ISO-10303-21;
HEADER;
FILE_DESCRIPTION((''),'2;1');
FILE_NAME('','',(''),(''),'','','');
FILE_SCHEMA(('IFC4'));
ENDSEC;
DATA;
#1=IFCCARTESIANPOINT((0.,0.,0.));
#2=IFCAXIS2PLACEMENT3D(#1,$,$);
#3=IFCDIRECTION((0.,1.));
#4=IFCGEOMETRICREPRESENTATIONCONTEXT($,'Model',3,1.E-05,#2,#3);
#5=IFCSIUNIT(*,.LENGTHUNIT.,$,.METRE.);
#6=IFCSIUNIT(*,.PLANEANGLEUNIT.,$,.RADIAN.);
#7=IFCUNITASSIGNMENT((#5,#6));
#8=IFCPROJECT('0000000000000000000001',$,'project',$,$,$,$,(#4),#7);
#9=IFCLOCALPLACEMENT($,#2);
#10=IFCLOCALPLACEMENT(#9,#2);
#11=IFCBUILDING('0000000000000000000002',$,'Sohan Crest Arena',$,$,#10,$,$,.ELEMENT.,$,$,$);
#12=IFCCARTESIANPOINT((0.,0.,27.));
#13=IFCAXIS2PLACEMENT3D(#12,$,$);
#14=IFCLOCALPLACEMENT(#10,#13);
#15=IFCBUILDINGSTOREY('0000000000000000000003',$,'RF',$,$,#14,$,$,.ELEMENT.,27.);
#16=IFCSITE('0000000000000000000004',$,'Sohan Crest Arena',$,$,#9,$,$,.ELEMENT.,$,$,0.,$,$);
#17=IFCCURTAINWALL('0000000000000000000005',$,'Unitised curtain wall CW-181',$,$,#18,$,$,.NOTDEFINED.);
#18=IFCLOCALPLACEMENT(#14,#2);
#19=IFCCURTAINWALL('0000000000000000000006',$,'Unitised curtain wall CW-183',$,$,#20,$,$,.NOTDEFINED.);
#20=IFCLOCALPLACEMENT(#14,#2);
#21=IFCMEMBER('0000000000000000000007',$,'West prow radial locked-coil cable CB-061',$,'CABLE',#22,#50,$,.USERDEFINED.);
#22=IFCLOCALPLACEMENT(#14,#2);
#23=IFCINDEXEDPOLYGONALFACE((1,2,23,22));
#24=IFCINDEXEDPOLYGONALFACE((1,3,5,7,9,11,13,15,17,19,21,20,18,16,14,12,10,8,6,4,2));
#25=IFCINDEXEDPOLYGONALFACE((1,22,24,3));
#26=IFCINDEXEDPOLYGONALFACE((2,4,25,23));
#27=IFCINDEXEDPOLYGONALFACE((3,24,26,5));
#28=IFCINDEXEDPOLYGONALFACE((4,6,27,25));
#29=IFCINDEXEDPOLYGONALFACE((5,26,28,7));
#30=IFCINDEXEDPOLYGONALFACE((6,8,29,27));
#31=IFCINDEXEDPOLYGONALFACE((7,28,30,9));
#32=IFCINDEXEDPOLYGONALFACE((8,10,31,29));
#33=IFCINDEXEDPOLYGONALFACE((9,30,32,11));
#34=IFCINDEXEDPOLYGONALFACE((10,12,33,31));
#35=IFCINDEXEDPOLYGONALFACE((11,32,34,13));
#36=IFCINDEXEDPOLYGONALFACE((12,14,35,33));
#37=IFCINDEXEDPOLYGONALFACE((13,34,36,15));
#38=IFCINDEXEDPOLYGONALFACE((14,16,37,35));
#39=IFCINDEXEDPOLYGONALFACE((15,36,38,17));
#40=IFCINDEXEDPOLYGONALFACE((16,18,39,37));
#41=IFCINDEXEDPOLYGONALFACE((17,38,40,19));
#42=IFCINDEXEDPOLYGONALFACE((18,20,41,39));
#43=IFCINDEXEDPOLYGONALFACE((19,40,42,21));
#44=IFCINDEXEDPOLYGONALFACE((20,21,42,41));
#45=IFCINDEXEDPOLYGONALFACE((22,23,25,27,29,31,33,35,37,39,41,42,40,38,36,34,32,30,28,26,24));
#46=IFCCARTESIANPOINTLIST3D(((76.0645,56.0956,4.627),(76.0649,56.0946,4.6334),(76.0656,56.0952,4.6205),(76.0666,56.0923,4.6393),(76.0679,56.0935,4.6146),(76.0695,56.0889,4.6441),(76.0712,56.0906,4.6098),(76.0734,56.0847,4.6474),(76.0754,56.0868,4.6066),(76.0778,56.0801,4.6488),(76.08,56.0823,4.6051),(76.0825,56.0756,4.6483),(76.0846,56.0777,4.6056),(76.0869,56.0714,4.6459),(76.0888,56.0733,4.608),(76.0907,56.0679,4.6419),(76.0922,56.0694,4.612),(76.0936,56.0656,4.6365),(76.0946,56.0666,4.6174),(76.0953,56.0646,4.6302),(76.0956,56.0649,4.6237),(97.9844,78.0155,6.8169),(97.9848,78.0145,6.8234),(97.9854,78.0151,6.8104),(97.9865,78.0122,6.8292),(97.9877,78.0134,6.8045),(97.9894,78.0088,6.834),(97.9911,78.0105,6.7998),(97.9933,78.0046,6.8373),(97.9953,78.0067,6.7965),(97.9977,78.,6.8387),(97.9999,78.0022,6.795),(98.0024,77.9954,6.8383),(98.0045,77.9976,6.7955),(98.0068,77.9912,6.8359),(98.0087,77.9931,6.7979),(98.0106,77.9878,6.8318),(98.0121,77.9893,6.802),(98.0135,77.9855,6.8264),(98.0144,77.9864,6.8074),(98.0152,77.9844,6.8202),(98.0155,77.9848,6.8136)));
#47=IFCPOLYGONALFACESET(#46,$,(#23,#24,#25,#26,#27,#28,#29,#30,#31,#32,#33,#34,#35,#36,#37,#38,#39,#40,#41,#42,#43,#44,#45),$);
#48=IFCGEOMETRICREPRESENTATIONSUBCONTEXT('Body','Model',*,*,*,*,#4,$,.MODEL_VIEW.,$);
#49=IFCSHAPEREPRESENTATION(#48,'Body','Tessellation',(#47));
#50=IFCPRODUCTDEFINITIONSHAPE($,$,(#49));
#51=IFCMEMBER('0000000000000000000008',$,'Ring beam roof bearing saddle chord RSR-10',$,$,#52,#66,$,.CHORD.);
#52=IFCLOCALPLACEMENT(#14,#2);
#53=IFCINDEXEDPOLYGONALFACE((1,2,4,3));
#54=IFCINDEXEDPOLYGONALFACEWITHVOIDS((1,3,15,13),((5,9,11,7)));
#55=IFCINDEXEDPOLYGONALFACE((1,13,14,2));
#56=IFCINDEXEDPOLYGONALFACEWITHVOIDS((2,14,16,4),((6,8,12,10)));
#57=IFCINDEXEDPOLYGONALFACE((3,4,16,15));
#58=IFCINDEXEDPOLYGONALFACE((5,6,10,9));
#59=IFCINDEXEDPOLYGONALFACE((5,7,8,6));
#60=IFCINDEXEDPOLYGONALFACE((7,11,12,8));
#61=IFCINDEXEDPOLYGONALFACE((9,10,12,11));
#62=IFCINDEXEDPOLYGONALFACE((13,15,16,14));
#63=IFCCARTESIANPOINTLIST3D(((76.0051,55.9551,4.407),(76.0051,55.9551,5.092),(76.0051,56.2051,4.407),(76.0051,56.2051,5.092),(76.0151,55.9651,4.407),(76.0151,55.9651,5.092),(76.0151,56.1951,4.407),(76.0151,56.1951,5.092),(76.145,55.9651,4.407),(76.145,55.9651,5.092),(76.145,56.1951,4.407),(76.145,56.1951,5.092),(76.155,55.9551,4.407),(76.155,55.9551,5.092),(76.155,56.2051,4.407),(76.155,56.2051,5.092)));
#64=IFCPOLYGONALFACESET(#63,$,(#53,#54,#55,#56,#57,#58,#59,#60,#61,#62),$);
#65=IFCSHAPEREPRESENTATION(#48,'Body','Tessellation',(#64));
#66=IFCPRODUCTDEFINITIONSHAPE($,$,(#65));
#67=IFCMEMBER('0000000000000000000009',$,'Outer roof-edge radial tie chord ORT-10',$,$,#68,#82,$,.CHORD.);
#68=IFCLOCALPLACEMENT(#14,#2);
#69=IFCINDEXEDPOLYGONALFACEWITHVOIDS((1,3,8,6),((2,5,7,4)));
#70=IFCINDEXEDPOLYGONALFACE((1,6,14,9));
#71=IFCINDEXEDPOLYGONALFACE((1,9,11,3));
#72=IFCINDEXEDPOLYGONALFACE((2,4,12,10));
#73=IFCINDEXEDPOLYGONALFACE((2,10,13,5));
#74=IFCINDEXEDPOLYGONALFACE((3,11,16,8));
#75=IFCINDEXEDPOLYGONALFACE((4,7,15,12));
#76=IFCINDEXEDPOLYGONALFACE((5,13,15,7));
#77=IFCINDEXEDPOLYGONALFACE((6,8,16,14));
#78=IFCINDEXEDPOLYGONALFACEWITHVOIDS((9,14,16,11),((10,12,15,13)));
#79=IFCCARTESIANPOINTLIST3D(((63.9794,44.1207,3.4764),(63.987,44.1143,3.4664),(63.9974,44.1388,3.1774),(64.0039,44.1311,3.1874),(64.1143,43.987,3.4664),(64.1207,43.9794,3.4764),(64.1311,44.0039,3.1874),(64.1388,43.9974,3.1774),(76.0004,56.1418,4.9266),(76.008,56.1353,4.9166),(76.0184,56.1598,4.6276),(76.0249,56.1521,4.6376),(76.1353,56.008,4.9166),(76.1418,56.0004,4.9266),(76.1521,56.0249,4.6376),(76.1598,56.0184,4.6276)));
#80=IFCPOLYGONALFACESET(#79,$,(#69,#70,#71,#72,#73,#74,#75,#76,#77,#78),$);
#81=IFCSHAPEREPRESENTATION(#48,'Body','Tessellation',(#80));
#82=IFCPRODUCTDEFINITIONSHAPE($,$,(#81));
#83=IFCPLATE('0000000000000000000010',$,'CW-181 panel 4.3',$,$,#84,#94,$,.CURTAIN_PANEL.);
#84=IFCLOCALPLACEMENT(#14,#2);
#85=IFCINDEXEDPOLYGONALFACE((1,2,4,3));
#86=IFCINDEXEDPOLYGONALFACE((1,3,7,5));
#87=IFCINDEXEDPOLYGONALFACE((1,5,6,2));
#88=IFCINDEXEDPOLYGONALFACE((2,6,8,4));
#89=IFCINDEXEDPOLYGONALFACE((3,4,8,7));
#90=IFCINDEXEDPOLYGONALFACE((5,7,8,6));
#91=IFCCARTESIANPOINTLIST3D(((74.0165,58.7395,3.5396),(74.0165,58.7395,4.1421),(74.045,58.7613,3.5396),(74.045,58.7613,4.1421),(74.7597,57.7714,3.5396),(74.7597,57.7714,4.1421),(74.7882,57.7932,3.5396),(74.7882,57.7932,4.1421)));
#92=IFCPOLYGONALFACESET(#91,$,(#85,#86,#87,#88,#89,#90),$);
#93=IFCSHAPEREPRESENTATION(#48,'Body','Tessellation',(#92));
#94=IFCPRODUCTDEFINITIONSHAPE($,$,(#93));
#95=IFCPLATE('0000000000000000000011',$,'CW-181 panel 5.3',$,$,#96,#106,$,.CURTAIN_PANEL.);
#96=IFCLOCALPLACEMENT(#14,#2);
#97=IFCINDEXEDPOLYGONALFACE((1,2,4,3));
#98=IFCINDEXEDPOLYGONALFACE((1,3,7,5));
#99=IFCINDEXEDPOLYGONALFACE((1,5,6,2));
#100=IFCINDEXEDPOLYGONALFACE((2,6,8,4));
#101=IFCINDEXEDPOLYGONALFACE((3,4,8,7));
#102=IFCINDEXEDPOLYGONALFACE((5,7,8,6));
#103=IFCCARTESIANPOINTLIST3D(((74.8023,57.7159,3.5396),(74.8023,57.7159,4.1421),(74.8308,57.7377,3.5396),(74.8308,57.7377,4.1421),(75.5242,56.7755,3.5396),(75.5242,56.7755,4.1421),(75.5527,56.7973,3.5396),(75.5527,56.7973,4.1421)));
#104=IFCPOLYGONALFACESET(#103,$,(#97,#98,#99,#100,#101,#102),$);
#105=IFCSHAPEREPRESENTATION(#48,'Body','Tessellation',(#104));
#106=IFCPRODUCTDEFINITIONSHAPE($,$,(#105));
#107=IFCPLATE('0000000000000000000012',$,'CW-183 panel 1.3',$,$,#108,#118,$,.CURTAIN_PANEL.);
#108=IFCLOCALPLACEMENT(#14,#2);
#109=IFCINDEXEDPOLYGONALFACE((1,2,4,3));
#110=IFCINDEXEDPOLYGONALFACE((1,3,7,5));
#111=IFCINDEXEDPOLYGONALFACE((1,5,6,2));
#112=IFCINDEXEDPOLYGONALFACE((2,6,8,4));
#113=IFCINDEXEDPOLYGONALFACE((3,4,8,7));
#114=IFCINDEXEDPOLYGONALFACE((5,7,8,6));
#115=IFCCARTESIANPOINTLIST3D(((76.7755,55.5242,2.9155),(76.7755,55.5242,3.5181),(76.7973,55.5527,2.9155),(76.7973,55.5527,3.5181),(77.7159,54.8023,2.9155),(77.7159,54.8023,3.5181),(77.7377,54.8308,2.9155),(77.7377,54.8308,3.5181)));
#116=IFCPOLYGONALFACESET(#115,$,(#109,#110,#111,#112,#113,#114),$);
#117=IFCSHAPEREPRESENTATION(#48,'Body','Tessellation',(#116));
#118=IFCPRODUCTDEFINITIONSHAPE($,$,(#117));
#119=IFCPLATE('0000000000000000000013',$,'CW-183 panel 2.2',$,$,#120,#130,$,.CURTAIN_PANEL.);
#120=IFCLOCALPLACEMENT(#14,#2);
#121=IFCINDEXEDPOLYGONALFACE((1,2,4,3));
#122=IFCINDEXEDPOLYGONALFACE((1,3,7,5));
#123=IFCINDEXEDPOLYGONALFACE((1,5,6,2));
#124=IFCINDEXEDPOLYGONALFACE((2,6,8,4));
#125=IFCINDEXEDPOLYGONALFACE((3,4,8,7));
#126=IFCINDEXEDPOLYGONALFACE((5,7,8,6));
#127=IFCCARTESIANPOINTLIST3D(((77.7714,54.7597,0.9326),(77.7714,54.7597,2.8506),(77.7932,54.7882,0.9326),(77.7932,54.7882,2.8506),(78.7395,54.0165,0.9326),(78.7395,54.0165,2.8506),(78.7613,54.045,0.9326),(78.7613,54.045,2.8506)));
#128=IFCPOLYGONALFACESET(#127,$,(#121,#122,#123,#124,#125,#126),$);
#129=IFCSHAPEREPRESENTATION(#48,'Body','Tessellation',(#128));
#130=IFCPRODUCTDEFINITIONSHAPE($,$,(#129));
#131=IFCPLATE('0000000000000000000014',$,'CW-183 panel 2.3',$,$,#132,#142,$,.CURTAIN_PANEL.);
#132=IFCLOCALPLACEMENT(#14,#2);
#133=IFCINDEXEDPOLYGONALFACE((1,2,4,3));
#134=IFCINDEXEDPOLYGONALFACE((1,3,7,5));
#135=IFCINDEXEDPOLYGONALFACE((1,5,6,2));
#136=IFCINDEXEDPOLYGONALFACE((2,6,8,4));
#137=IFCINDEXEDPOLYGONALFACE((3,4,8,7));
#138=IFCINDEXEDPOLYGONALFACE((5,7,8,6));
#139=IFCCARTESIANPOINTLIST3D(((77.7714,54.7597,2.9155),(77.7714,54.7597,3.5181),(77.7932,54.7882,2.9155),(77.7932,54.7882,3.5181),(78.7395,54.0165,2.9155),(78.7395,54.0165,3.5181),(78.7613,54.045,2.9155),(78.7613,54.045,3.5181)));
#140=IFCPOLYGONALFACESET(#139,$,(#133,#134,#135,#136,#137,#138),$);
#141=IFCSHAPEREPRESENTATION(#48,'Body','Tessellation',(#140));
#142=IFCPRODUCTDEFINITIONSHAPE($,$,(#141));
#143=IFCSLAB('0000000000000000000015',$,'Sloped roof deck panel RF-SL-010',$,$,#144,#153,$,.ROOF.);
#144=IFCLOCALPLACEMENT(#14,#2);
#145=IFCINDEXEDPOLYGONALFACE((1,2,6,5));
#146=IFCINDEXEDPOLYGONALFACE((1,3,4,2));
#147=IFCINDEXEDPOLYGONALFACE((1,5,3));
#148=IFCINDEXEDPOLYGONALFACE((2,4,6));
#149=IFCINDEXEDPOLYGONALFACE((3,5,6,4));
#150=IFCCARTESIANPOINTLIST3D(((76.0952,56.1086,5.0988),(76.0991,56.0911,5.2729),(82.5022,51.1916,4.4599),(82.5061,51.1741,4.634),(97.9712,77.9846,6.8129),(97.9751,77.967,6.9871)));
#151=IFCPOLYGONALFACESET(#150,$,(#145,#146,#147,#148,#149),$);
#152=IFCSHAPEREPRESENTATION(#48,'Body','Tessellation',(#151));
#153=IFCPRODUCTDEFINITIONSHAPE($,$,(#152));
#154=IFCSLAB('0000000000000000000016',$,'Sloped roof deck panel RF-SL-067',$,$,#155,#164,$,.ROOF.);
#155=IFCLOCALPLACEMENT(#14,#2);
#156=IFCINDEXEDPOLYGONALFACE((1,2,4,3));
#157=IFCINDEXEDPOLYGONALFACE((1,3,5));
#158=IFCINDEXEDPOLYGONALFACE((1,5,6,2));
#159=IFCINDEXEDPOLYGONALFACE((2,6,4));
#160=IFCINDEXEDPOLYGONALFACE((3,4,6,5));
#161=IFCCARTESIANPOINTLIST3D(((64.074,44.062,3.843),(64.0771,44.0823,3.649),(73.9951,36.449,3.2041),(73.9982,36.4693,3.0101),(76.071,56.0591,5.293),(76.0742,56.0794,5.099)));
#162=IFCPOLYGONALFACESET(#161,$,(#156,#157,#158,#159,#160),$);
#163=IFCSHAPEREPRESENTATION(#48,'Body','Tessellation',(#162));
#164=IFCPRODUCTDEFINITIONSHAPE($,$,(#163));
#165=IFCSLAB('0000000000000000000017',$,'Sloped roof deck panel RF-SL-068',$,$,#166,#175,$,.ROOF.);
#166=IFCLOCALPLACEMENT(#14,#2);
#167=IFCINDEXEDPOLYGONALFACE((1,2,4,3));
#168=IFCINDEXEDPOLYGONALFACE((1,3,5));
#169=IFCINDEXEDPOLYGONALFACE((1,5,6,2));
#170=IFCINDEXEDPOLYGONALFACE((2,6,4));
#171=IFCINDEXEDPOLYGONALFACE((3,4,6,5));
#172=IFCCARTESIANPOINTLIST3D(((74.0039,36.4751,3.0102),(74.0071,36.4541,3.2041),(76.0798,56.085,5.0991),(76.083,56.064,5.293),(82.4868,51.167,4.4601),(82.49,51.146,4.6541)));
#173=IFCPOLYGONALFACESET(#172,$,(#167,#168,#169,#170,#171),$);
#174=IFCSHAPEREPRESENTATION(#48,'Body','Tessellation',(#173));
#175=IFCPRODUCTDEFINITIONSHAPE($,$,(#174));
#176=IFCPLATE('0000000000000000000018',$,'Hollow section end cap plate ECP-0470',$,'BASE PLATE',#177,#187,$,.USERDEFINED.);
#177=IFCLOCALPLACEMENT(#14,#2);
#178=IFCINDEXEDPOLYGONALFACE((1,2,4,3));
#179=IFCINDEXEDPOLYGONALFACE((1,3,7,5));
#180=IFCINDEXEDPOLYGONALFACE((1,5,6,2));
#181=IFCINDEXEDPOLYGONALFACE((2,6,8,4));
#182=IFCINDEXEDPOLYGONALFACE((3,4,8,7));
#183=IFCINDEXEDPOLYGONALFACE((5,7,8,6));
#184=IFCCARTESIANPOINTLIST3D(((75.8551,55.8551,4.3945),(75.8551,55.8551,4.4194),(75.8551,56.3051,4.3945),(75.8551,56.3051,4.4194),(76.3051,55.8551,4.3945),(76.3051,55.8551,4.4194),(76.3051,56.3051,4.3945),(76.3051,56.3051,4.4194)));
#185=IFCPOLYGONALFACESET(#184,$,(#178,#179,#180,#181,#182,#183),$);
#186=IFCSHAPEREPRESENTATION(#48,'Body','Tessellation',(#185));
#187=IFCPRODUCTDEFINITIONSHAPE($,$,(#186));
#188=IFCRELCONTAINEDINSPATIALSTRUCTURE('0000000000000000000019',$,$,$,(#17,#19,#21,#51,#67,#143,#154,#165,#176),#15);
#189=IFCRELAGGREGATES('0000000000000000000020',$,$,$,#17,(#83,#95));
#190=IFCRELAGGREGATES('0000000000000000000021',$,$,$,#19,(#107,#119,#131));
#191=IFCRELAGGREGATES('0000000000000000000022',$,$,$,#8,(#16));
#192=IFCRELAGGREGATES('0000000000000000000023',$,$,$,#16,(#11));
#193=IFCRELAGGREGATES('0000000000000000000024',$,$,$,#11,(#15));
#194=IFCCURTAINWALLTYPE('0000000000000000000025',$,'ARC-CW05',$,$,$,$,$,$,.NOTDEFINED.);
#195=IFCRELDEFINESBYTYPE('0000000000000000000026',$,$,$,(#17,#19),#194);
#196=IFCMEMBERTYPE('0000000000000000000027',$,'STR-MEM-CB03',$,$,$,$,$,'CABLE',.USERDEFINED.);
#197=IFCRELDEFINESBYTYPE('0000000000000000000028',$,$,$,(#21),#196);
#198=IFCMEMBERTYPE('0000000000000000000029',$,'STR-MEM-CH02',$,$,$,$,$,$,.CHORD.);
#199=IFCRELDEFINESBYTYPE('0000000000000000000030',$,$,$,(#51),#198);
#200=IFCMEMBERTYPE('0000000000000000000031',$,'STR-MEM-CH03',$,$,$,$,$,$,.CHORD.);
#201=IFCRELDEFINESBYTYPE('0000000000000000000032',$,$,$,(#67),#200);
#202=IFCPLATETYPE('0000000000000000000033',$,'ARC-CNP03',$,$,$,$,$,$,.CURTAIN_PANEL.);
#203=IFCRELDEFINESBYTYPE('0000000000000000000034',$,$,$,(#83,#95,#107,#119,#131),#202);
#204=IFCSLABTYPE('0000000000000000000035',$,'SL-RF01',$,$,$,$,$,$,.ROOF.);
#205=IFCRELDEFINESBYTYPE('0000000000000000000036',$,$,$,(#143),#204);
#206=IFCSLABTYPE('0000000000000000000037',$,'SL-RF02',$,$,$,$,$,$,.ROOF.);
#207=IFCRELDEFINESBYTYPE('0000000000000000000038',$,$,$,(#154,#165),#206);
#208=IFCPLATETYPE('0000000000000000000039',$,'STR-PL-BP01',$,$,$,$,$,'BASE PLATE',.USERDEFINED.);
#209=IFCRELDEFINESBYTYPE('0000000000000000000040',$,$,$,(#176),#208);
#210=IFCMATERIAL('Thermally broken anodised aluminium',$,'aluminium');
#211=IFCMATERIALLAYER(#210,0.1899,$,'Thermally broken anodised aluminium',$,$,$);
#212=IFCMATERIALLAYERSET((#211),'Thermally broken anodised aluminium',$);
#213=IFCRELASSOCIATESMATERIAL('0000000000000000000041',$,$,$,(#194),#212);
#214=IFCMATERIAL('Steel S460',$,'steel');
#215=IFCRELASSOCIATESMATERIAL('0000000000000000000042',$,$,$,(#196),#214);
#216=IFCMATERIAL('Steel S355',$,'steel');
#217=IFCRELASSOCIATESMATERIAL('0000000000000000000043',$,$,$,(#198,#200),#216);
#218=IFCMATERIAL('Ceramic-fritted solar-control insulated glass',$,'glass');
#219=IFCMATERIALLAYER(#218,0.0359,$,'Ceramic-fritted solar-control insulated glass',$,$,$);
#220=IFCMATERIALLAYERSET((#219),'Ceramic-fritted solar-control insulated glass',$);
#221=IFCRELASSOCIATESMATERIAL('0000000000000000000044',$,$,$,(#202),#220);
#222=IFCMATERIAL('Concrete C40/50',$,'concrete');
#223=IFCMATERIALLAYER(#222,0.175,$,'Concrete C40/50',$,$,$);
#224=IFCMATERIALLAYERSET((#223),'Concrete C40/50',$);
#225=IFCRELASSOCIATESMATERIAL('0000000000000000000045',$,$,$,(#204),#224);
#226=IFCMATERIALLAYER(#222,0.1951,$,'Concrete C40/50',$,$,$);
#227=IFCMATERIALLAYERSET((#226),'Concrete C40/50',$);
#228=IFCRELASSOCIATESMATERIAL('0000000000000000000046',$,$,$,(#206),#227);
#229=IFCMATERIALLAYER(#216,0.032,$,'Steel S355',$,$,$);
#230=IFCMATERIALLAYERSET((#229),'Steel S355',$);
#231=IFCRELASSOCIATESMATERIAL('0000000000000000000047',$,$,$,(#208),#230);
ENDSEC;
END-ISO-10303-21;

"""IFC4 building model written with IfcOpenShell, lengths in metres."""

from ifc_helpers import new_model, si_unit, direction, frame, origin, origin_2d, place, context, subcontext, project, spatial, polyline, rectangle, hollow_rectangle, circle, outline, extrude, material, layer, layer_set, material_profile, profile_set, type_object, element, aggregate, save


model = new_model("IFC4")

# Units and contexts
model_context = context("Model", 3, precision=1e-05, world=origin(), true_north=direction((0.0, 1.0)))
body_context = subcontext(model_context, "Body", "Model", "MODEL_VIEW")
ifc_project = project(units=[si_unit("LENGTHUNIT", "METRE"), si_unit("PLANEANGLEUNIT", "RADIAN")], contexts=[model_context])

# Site, building, storey
site_placement = place(None, origin())
site = spatial("IfcSite", under=ifc_project, at=site_placement, Name="Sohan Crest Arena", CompositionType="ELEMENT", RefElevation=0.0)
building_placement = place(site_placement, origin())
building = spatial("IfcBuilding", under=site, at=building_placement, Name="Sohan Crest Arena", CompositionType="ELEMENT")
storey_placement = place(building_placement, frame((0.0, 0.0, 27.0)))
storey = spatial("IfcBuildingStorey", under=building, at=storey_placement, Name="RF", CompositionType="ELEMENT", Elevation=27.0)

# Curtain walls
ifc_material_1 = material(Name="Thermally broken anodised aluminium", Category="aluminium")
ifc_layer_1 = layer(ifc_material_1, 0.1899, Name="Thermally broken anodised aluminium")
ifc_layer_set_1 = layer_set([ifc_layer_1], Name="Thermally broken anodised aluminium")
curtain_wall_type = type_object("IfcCurtainWallType", Name="ARC-CW05", PredefinedType="NOTDEFINED", material=ifc_layer_set_1)
curtain_wall_1_placement = place(storey_placement, origin())
curtain_wall_1 = element("IfcCurtainWall", 1, at=curtain_wall_1_placement, inside=storey, type_object=curtain_wall_type, Name="Unitised curtain wall CW-181", PredefinedType="NOTDEFINED")
curtain_wall_2_placement = place(storey_placement, origin())
curtain_wall_2 = element("IfcCurtainWall", 2, at=curtain_wall_2_placement, inside=storey, type_object=curtain_wall_type, Name="Unitised curtain wall CW-183", PredefinedType="NOTDEFINED")

# Shared definitions
ifc_material_2 = material(Name="Steel S355", Category="steel")

# Members
ifc_material_3 = material(Name="Steel S460", Category="steel")
ifc_material_profile_1 = material_profile(ifc_material_3, circle(Radius=0.022, at=origin_2d()), Name="FLC D44")
ifc_profile_set_1 = profile_set([ifc_material_profile_1], Name="Steel S460")
member_type_1 = type_object("IfcMemberType", Name="STR-MEM-CB03", ElementType="CABLE", PredefinedType="USERDEFINED", material=ifc_profile_set_1)
member_1_placement = place(storey_placement, frame((76.0801, 56.0801, 4.627), z_axis=(0.705349, 0.705349, 0.070469), x_axis=(-0.707107, 0.707107, 0.0)))
element("IfcMember", 3, at=member_1_placement, inside=storey, type_object=member_type_1, Name="West prow radial locked-coil cable CB-061", ObjectType="CABLE", PredefinedType="USERDEFINED", context=body_context, shape_type="SweptSolid", body=[
    extrude(circle(Radius=0.022, at=origin_2d()), origin(), (0.0, 0.0, 1.0), 31.0767),
])
ifc_material_profile_2 = material_profile(ifc_material_2, hollow_rectangle(XDim=0.1499, YDim=0.25, WallThickness=0.01, at=origin_2d()), Name="RHS 250x150x10")
ifc_profile_set_2 = profile_set([ifc_material_profile_2], Name="Steel S355")
member_type_2 = type_object("IfcMemberType", Name="STR-MEM-CH02", PredefinedType="CHORD", material=ifc_profile_set_2)
member_2_placement = place(storey_placement, frame((76.0801, 56.0801, 4.407), z_axis=(0.0, 0.0, 1.0), x_axis=(1.0, 0.0, 0.0)))
element("IfcMember", 4, at=member_2_placement, inside=storey, type_object=member_type_2, Name="Ring beam roof bearing saddle chord RSR-10", PredefinedType="CHORD", context=body_context, shape_type="SweptSolid", body=[
    extrude(hollow_rectangle(XDim=0.1499, YDim=0.25, WallThickness=0.01, at=origin_2d()), origin(), (0.0, 0.0, 1.0), 0.6851),
])
ifc_material_profile_3 = material_profile(ifc_material_2, hollow_rectangle(XDim=0.2, YDim=0.3, WallThickness=0.01, at=origin_2d()), Name="RHS 300x200x10")
ifc_profile_set_3 = profile_set([ifc_material_profile_3], Name="Steel S355")
member_type_3 = type_object("IfcMemberType", Name="STR-MEM-CH03", PredefinedType="CHORD", material=ifc_profile_set_3)
member_3_placement = place(storey_placement, frame((76.0801, 56.0801, 4.7771), z_axis=(-0.704548, -0.704548, -0.084996), x_axis=(0.707107, -0.707107, 0.0)))
element("IfcMember", 5, at=member_3_placement, inside=storey, type_object=member_type_3, Name="Outer roof-edge radial tie chord ORT-10", PredefinedType="CHORD", context=body_context, shape_type="SweptSolid", body=[
    extrude(hollow_rectangle(XDim=0.2, YDim=0.3, WallThickness=0.01, at=origin_2d()), origin(), (0.0, 0.0, 1.0), 17.062),
])

# Plates
ifc_material_4 = material(Name="Ceramic-fritted solar-control insulated glass", Category="glass")
ifc_layer_2 = layer(ifc_material_4, 0.0359, Name="Ceramic-fritted solar-control insulated glass")
ifc_layer_set_2 = layer_set([ifc_layer_2], Name="Ceramic-fritted solar-control insulated glass")
plate_type_1 = type_object("IfcPlateType", Name="ARC-CNP03", PredefinedType="CURTAIN_PANEL", material=ifc_layer_set_2)
plate_1_placement = place(storey_placement, frame((74.4023, 58.2664, 3.5396), z_axis=(0.0, 0.0, 1.0), x_axis=(0.608939, -0.793217, 0.0)))
plate_1 = element("IfcPlate", 6, at=plate_1_placement, type_object=plate_type_1, Name="CW-181 panel 4.3", PredefinedType="CURTAIN_PANEL", context=body_context, shape_type="SweptSolid", body=[
    extrude(rectangle(XDim=1.2205, YDim=0.0359, at=origin_2d()), origin(), (0.0, 0.0, 1.0), 0.6025),
])
plate_2_placement = place(storey_placement, frame((75.1775, 57.2566, 3.5396), z_axis=(0.0, 0.0, 1.0), x_axis=(0.608939, -0.793217, 0.0)))
plate_2 = element("IfcPlate", 7, at=plate_2_placement, type_object=plate_type_1, Name="CW-181 panel 5.3", PredefinedType="CURTAIN_PANEL", context=body_context, shape_type="SweptSolid", body=[
    extrude(rectangle(XDim=1.1855, YDim=0.0359, at=origin_2d()), origin(), (0.0, 0.0, 1.0), 0.6025),
])
aggregate(curtain_wall_1, [plate_1, plate_2])
plate_3_placement = place(storey_placement, frame((77.2566, 55.1775, 2.9155), z_axis=(0.0, 0.0, 1.0), x_axis=(0.793217, -0.608939, 0.0)))
plate_3 = element("IfcPlate", 8, at=plate_3_placement, type_object=plate_type_1, Name="CW-183 panel 1.3", PredefinedType="CURTAIN_PANEL", context=body_context, shape_type="SweptSolid", body=[
    extrude(rectangle(XDim=1.1855, YDim=0.0359, at=origin_2d()), origin(), (0.0, 0.0, 1.0), 0.6025),
])
plate_4_placement = place(storey_placement, frame((78.2664, 54.4023, 0.9326), z_axis=(0.0, 0.0, 1.0), x_axis=(0.793217, -0.608939, 0.0)))
plate_4 = element("IfcPlate", 9, at=plate_4_placement, type_object=plate_type_1, Name="CW-183 panel 2.2", PredefinedType="CURTAIN_PANEL", context=body_context, shape_type="SweptSolid", body=[
    extrude(rectangle(XDim=1.2205, YDim=0.0359, at=origin_2d()), origin(), (0.0, 0.0, 1.0), 1.918),
])
plate_5_placement = place(storey_placement, frame((78.2664, 54.4023, 2.9155), z_axis=(0.0, 0.0, 1.0), x_axis=(0.793217, -0.608939, 0.0)))
plate_5 = element("IfcPlate", 10, at=plate_5_placement, type_object=plate_type_1, Name="CW-183 panel 2.3", PredefinedType="CURTAIN_PANEL", context=body_context, shape_type="SweptSolid", body=[
    extrude(rectangle(XDim=1.2205, YDim=0.0359, at=origin_2d()), origin(), (0.0, 0.0, 1.0), 0.6025),
])
aggregate(curtain_wall_2, [plate_3, plate_4, plate_5])

# Slabs
ifc_material_5 = material(Name="Concrete C40/50", Category="concrete")
ifc_layer_3 = layer(ifc_material_5, 0.175, Name="Concrete C40/50")
ifc_layer_set_3 = layer_set([ifc_layer_3], Name="Concrete C40/50")
slab_type_1 = type_object("IfcSlabType", Name="SL-RF01", PredefinedType="ROOF", material=ifc_layer_set_3)
slab_1_placement = place(storey_placement, frame((76.0991, 56.0911, 5.2729), z_axis=(0.02228, -0.100222, 0.994716), x_axis=(0.790838, -0.606923, -0.078864)))
element("IfcSlab", 11, at=slab_1_placement, inside=storey, type_object=slab_type_1, Name="Sloped roof deck panel RF-SL-010", PredefinedType="ROOF", context=body_context, shape_type="SweptSolid", body=[
    extrude(outline(polyline([(0.0, 0.0), (8.1015, 0.0), (3.8881, 30.7398), (0.0, 0.0)])), origin(), (0.0, 0.0, -1.0), 0.175),
])
ifc_layer_4 = layer(ifc_material_5, 0.1951, Name="Concrete C40/50")
ifc_layer_set_4 = layer_set([ifc_layer_4], Name="Concrete C40/50")
slab_type_2 = type_object("IfcSlabType", Name="SL-RF02", PredefinedType="ROOF", material=ifc_layer_set_4)
slab_2_placement = place(storey_placement, frame((76.071, 56.0591, 5.293), z_axis=(-0.015947, -0.104238, 0.994425), x_axis=(-0.704539, -0.704539, -0.08515)))
element("IfcSlab", 12, at=slab_2_placement, inside=storey, type_object=slab_type_2, Name="Sloped roof deck panel RF-SL-067", PredefinedType="ROOF", context=body_context, shape_type="SweptSolid", body=[
    extrude(outline(polyline([(0.0, 0.0), (17.0283, 0.0), (15.4565, 12.4228), (0.0, 0.0)])), origin(), (0.0, 0.0, -1.0), 0.1951),
])
slab_3_placement = place(storey_placement, frame((76.083, 56.064, 5.293), z_axis=(0.016508, -0.107635, 0.994053), x_axis=(-0.104687, -0.988911, -0.10534)))
element("IfcSlab", 13, at=slab_3_placement, inside=storey, type_object=slab_type_2, Name="Sloped roof deck panel RF-SL-068", PredefinedType="ROOF", context=body_context, shape_type="SweptSolid", body=[
    extrude(outline(polyline([(0.0, 0.0), (19.8298, 0.0), (4.26, 6.8918), (0.0, 0.0)])), origin(), (0.0, 0.0, -1.0), 0.1951),
])

# Plate
ifc_layer_5 = layer(ifc_material_2, 0.032, Name="Steel S355")
ifc_layer_set_5 = layer_set([ifc_layer_5], Name="Steel S355")
plate_type_2 = type_object("IfcPlateType", Name="STR-PL-BP01", ElementType="BASE PLATE", PredefinedType="USERDEFINED", material=ifc_layer_set_5)
plate_6_placement = place(storey_placement, frame((76.0801, 56.0801, 4.3945), z_axis=(0.0, 0.0, 1.0), x_axis=(1.0, 0.0, 0.0)))
element("IfcPlate", 14, at=plate_6_placement, inside=storey, type_object=plate_type_2, Name="Hollow section end cap plate ECP-0470", ObjectType="BASE PLATE", PredefinedType="USERDEFINED", context=body_context, shape_type="SweptSolid", body=[
    extrude(rectangle(XDim=0.45, YDim=0.45, at=origin_2d()), origin(), (0.0, 0.0, 1.0), 0.0249),
])

save(model, "model.ifc")
